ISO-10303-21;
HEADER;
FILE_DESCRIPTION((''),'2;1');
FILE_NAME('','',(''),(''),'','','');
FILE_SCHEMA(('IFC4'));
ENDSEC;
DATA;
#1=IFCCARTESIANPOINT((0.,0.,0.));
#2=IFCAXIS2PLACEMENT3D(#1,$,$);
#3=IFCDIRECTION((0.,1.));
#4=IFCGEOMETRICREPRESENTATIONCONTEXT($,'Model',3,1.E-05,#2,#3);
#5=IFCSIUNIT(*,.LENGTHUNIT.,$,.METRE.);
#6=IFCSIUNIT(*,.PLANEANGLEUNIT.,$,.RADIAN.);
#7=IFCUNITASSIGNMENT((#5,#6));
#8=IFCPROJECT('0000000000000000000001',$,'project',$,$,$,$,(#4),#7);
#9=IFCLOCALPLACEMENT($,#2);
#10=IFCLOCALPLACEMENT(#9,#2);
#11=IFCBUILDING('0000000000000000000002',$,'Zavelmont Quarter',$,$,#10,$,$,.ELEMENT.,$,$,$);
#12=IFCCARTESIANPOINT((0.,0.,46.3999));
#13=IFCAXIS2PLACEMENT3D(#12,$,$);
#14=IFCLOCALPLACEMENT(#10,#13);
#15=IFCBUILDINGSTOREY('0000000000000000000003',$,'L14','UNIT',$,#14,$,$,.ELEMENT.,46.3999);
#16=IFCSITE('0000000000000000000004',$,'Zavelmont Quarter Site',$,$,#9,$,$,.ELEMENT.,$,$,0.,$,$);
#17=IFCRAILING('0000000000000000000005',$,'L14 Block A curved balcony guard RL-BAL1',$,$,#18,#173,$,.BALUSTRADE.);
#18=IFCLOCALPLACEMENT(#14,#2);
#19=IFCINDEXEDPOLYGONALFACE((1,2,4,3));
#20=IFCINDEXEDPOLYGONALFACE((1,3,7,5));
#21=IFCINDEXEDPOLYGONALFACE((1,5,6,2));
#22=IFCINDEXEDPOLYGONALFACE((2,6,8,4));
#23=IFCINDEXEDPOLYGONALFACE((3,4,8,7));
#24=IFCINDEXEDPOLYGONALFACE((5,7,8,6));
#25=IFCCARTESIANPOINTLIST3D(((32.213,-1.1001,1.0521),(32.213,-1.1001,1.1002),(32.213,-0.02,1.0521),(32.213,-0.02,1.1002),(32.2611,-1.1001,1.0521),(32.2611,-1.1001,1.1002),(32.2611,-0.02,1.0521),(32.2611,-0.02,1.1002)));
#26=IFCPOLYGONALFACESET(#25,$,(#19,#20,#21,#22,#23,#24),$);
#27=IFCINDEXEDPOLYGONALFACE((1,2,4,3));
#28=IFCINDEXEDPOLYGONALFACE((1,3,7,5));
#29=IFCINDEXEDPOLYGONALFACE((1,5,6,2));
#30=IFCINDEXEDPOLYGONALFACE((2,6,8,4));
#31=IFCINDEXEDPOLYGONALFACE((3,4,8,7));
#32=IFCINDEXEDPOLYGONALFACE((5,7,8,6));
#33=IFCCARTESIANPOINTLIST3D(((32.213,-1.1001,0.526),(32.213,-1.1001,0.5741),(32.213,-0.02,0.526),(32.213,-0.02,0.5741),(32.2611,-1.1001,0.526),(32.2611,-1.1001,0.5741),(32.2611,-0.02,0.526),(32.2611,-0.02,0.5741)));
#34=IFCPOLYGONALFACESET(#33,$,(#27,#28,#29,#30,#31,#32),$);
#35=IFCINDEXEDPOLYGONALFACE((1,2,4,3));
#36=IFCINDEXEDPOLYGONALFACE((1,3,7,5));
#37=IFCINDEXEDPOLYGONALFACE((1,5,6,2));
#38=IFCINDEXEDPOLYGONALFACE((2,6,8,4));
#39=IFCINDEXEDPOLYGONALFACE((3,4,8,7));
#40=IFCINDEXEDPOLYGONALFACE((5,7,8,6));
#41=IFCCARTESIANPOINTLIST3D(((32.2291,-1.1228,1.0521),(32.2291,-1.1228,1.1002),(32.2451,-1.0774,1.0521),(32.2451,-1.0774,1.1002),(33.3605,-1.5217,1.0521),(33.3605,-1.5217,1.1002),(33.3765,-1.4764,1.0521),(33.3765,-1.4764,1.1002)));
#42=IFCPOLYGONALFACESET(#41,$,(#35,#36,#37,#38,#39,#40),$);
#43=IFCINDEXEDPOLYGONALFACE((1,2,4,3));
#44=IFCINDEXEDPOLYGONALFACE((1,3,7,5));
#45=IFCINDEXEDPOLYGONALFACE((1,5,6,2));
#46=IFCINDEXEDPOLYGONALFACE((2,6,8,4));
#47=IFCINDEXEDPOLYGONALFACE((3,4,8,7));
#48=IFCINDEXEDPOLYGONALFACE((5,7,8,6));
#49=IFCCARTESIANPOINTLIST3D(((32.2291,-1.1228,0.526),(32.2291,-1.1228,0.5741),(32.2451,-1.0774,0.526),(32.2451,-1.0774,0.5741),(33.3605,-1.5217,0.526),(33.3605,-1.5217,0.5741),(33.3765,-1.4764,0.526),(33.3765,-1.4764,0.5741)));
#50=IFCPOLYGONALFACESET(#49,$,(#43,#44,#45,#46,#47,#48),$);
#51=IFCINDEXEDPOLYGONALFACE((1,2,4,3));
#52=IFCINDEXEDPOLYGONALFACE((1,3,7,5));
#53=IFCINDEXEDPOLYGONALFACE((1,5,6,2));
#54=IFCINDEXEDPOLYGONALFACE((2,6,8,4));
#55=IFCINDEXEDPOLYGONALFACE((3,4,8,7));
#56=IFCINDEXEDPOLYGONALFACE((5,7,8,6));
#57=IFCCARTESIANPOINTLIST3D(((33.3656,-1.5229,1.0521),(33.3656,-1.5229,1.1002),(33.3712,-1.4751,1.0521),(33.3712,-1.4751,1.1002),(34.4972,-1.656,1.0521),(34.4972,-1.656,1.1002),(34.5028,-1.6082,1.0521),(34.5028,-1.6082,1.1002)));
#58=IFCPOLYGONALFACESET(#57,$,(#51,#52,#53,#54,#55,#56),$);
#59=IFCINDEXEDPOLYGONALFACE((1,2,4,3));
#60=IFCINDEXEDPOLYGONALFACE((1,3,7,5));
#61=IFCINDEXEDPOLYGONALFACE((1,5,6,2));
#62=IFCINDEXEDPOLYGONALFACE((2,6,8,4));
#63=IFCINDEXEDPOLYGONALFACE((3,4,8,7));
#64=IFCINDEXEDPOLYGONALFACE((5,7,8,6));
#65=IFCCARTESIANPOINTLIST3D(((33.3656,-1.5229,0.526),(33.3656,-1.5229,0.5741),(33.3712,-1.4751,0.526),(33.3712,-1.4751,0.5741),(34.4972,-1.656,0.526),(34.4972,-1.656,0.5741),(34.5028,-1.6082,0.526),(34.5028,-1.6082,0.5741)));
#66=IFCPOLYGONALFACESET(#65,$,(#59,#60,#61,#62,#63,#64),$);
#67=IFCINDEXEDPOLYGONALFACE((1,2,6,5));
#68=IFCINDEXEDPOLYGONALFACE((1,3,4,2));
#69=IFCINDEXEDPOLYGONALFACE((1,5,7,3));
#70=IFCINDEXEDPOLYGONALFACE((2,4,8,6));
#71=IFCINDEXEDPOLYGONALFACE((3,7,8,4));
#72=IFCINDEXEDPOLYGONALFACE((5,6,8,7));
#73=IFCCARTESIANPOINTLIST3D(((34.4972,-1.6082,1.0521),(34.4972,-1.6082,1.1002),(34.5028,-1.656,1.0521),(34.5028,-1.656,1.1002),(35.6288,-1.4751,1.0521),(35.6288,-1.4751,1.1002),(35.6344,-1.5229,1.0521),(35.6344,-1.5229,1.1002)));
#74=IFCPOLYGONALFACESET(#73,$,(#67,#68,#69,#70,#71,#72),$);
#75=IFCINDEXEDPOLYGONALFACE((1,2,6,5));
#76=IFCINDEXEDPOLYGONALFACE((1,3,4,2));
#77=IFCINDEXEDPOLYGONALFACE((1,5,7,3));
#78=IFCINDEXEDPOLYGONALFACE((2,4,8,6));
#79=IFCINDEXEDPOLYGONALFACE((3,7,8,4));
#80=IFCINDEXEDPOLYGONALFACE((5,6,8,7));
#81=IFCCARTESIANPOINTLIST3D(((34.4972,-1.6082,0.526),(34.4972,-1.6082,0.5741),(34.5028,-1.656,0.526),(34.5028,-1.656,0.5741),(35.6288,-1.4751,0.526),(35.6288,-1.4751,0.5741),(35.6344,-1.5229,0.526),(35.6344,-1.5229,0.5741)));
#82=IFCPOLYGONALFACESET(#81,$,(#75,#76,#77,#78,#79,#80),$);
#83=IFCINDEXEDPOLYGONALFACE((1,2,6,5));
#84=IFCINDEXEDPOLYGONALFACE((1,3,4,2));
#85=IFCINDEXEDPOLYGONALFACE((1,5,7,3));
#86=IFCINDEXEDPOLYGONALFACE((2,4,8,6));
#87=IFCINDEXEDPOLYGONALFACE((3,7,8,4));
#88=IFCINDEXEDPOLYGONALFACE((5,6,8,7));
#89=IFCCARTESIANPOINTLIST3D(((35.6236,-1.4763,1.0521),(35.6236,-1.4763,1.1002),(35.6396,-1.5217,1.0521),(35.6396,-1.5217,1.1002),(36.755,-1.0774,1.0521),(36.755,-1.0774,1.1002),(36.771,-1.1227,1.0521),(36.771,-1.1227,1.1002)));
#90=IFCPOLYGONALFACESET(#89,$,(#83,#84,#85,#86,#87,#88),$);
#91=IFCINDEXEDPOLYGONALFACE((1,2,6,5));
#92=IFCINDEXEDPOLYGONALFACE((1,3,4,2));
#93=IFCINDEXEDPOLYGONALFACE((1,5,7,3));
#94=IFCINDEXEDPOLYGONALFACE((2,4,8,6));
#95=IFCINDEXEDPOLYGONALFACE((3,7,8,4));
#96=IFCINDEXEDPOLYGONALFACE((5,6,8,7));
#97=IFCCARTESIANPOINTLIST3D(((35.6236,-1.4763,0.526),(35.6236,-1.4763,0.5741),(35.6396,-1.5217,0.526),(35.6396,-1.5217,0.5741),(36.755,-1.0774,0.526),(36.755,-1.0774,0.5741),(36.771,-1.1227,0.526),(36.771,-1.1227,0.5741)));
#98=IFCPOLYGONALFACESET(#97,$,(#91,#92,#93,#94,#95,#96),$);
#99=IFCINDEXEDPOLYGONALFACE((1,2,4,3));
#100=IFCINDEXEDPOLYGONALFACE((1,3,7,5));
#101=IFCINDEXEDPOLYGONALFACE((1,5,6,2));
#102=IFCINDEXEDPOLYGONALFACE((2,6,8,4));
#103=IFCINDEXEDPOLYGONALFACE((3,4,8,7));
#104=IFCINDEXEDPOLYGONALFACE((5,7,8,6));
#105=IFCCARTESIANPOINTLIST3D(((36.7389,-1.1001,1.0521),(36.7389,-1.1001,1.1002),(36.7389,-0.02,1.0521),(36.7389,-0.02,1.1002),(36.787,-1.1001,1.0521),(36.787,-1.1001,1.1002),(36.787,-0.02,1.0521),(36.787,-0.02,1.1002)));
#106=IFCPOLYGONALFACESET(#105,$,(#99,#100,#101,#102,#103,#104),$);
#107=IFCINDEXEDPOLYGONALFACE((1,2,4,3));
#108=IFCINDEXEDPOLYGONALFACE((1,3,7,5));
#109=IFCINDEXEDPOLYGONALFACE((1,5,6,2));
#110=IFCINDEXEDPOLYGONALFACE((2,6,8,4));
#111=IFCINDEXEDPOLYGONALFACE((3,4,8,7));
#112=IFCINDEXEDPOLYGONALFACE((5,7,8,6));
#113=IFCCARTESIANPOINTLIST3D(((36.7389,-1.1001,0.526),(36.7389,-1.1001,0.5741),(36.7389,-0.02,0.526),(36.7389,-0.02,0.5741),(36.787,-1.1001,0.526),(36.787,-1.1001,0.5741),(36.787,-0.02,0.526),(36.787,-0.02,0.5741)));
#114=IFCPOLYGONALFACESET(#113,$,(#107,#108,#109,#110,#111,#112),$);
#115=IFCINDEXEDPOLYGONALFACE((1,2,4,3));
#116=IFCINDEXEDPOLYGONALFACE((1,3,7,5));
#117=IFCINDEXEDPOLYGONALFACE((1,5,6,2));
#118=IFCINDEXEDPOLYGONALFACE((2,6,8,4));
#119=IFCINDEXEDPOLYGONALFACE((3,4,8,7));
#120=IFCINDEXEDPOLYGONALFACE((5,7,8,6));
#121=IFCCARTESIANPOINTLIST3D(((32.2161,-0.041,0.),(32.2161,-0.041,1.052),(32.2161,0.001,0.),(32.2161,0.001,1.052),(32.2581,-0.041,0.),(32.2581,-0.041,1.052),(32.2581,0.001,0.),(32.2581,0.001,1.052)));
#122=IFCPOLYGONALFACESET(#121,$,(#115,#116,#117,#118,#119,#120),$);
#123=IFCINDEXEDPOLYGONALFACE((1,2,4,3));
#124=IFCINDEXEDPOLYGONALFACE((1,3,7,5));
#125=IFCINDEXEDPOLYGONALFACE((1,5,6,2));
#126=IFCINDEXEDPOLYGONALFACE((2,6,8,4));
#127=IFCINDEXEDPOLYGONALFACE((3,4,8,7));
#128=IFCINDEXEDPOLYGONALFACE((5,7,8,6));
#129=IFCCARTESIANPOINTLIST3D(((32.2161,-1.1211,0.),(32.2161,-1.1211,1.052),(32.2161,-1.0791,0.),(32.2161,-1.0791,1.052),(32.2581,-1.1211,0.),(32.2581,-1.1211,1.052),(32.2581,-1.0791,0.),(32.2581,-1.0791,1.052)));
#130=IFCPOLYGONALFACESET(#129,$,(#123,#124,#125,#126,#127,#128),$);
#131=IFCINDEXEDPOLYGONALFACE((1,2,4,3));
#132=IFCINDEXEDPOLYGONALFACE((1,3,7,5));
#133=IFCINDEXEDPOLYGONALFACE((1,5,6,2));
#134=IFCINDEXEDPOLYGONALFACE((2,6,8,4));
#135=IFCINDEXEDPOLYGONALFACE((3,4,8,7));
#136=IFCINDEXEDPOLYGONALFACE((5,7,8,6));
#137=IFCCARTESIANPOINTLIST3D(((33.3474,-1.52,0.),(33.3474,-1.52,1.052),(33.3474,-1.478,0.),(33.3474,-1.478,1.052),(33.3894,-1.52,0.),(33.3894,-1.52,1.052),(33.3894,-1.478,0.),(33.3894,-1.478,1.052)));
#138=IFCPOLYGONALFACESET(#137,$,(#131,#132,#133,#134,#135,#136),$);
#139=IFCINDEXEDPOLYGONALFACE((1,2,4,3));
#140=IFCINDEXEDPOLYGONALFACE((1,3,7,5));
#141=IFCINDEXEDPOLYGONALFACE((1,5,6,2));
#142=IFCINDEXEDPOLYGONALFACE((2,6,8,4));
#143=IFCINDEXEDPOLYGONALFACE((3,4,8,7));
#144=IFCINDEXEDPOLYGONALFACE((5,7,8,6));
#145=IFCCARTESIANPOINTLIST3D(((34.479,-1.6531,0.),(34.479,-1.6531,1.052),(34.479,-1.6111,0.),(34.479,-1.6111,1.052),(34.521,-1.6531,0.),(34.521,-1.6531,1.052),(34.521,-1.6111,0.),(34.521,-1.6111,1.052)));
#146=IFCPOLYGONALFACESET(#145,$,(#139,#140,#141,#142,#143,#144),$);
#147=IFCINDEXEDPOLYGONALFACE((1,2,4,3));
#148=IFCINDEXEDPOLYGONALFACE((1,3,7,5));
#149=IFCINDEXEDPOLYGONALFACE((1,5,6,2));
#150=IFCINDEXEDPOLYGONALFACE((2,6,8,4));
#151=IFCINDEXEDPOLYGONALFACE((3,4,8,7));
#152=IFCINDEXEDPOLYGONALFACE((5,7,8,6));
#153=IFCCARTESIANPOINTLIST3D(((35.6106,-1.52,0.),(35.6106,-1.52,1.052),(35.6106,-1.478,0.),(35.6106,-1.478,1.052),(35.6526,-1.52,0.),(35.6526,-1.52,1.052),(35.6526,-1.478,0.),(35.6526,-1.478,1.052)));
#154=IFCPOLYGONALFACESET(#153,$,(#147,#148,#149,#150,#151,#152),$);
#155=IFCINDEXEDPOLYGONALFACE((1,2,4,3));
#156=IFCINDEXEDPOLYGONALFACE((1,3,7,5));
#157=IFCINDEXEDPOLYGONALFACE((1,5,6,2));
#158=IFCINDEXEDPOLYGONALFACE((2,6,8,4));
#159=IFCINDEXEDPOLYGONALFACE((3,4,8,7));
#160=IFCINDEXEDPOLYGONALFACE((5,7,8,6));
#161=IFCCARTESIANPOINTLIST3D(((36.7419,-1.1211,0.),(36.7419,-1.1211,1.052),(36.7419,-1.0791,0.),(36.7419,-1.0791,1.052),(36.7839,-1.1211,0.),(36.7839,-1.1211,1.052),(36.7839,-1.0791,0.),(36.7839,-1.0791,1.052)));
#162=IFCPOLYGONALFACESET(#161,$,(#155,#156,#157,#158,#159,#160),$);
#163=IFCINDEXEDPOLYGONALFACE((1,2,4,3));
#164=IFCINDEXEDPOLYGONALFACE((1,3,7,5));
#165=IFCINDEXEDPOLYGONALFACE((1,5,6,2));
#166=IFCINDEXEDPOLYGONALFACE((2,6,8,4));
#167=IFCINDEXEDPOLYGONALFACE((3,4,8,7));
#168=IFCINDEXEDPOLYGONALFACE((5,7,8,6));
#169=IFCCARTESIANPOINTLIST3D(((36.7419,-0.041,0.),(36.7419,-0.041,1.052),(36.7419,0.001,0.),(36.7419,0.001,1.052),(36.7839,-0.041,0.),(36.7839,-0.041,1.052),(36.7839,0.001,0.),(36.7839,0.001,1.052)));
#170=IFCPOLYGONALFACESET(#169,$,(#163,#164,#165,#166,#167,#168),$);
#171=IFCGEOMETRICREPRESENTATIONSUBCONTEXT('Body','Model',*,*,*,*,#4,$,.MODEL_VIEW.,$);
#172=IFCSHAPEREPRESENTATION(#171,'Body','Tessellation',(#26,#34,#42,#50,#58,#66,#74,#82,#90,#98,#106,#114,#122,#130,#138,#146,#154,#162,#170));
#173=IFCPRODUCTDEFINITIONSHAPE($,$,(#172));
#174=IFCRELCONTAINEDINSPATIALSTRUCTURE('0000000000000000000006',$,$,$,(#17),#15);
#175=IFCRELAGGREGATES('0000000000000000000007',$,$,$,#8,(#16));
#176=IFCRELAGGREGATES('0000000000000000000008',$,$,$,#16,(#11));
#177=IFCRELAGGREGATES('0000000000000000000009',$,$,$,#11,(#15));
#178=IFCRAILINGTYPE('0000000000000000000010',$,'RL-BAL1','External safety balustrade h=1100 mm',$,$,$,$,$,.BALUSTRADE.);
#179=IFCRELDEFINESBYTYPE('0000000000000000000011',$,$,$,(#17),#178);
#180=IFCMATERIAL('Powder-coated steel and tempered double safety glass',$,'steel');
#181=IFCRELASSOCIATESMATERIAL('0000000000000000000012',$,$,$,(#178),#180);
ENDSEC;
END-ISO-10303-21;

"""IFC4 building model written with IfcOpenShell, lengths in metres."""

from ifc_helpers import new_model, si_unit, direction, frame, origin, origin_2d, place, context, subcontext, project, spatial, rectangle, extrude, material, type_object, element, save


model = new_model("IFC4")

# Units and contexts
model_context = context("Model", 3, precision=1e-05, world=origin(), true_north=direction((0.0, 1.0)))
body_context = subcontext(model_context, "Body", "Model", "MODEL_VIEW")
ifc_project = project(units=[si_unit("LENGTHUNIT", "METRE"), si_unit("PLANEANGLEUNIT", "RADIAN")], contexts=[model_context])

# Site, building, storey
site_placement = place(None, origin())
site = spatial("IfcSite", under=ifc_project, at=site_placement, Name="Zavelmont Quarter Site", CompositionType="ELEMENT", RefElevation=0.0)
building_placement = place(site_placement, origin())
building = spatial("IfcBuilding", under=site, at=building_placement, Name="Zavelmont Quarter", CompositionType="ELEMENT")
storey_placement = place(building_placement, frame((0.0, 0.0, 46.3999)))
storey = spatial("IfcBuildingStorey", under=building, at=storey_placement, Name="L14", Description="UNIT", CompositionType="ELEMENT", Elevation=46.3999)

# Railing
ifc_material_1 = material(Name="Powder-coated steel and tempered double safety glass", Category="steel")
railing_type = type_object("IfcRailingType", Name="RL-BAL1", Description="External safety balustrade h=1100 mm", PredefinedType="BALUSTRADE", material=ifc_material_1)
railing_placement = place(storey_placement, frame((32.2371, -0.02, 0.0)))
element("IfcRailing", 1, at=railing_placement, inside=storey, type_object=railing_type, Name="L14 Block A curved balcony guard RL-BAL1", PredefinedType="BALUSTRADE", context=body_context, shape_type="SweptSolid", body=[
    extrude(rectangle(XDim=0.0481, YDim=0.0481, at=origin_2d()), frame((0.0, 0.0, 1.0762), z_axis=(0.0, -1.0, 0.0), x_axis=(1.0, 0.0, 0.0)), (0.0, 0.0, 1.0), 1.0801),
    extrude(rectangle(XDim=0.0481, YDim=0.0481, at=origin_2d()), frame((0.0, 0.0, 0.55), z_axis=(0.0, -1.0, 0.0), x_axis=(1.0, 0.0, 0.0)), (0.0, 0.0, 1.0), 1.0801),
    extrude(rectangle(XDim=0.0481, YDim=0.0481, at=origin_2d()), frame((0.0, -1.0801, 1.0762), z_axis=(0.943088, -0.332543, 0.0), x_axis=(0.332543, 0.943088, 0.0)), (0.0, 0.0, 1.0), 1.1997),
    extrude(rectangle(XDim=0.0481, YDim=0.0481, at=origin_2d()), frame((0.0, -1.0801, 0.55), z_axis=(0.943088, -0.332543, 0.0), x_axis=(0.332543, 0.943088, 0.0)), (0.0, 0.0, 1.0), 1.1997),
    extrude(rectangle(XDim=0.0481, YDim=0.0481, at=origin_2d()), frame((1.1313, -1.479, 1.0762), z_axis=(0.993158, -0.116779, 0.0), x_axis=(0.116779, 0.993158, 0.0)), (0.0, 0.0, 1.0), 1.1394),
    extrude(rectangle(XDim=0.0481, YDim=0.0481, at=origin_2d()), frame((1.1313, -1.479, 0.55), z_axis=(0.993158, -0.116779, 0.0), x_axis=(0.116779, 0.993158, 0.0)), (0.0, 0.0, 1.0), 1.1394),
    extrude(rectangle(XDim=0.0481, YDim=0.0481, at=origin_2d()), frame((2.2629, -1.6121, 1.0762), z_axis=(0.993158, 0.116779, 0.0), x_axis=(-0.116779, 0.993158, 0.0)), (0.0, 0.0, 1.0), 1.1394),
    extrude(rectangle(XDim=0.0481, YDim=0.0481, at=origin_2d()), frame((2.2629, -1.6121, 0.55), z_axis=(0.993158, 0.116779, 0.0), x_axis=(-0.116779, 0.993158, 0.0)), (0.0, 0.0, 1.0), 1.1394),
    extrude(rectangle(XDim=0.0481, YDim=0.0481, at=origin_2d()), frame((3.3945, -1.479, 1.0762), z_axis=(0.943088, 0.332543, 0.0), x_axis=(-0.332543, 0.943088, 0.0)), (0.0, 0.0, 1.0), 1.1997),
    extrude(rectangle(XDim=0.0481, YDim=0.0481, at=origin_2d()), frame((3.3945, -1.479, 0.55), z_axis=(0.943088, 0.332543, 0.0), x_axis=(-0.332543, 0.943088, 0.0)), (0.0, 0.0, 1.0), 1.1997),
    extrude(rectangle(XDim=0.0481, YDim=0.0481, at=origin_2d()), frame((4.5259, -1.0801, 1.0762), z_axis=(0.0, 1.0, 0.0), x_axis=(-1.0, 0.0, 0.0)), (0.0, 0.0, 1.0), 1.0801),
    extrude(rectangle(XDim=0.0481, YDim=0.0481, at=origin_2d()), frame((4.5259, -1.0801, 0.55), z_axis=(0.0, 1.0, 0.0), x_axis=(-1.0, 0.0, 0.0)), (0.0, 0.0, 1.0), 1.0801),
    extrude(rectangle(XDim=0.042, YDim=0.042, at=origin_2d()), origin(), (0.0, 0.0, 1.0), 1.052),
    extrude(rectangle(XDim=0.042, YDim=0.042, at=origin_2d()), frame((0.0, -1.0801, 0.0)), (0.0, 0.0, 1.0), 1.052),
    extrude(rectangle(XDim=0.042, YDim=0.042, at=origin_2d()), frame((1.1313, -1.479, 0.0)), (0.0, 0.0, 1.0), 1.052),
    extrude(rectangle(XDim=0.042, YDim=0.042, at=origin_2d()), frame((2.2629, -1.6121, 0.0)), (0.0, 0.0, 1.0), 1.052),
    extrude(rectangle(XDim=0.042, YDim=0.042, at=origin_2d()), frame((3.3945, -1.479, 0.0)), (0.0, 0.0, 1.0), 1.052),
    extrude(rectangle(XDim=0.042, YDim=0.042, at=origin_2d()), frame((4.5259, -1.0801, 0.0)), (0.0, 0.0, 1.0), 1.052),
    extrude(rectangle(XDim=0.042, YDim=0.042, at=origin_2d()), frame((4.5259, 0.0, 0.0)), (0.0, 0.0, 1.0), 1.052),
])

save(model, "model.ifc")
